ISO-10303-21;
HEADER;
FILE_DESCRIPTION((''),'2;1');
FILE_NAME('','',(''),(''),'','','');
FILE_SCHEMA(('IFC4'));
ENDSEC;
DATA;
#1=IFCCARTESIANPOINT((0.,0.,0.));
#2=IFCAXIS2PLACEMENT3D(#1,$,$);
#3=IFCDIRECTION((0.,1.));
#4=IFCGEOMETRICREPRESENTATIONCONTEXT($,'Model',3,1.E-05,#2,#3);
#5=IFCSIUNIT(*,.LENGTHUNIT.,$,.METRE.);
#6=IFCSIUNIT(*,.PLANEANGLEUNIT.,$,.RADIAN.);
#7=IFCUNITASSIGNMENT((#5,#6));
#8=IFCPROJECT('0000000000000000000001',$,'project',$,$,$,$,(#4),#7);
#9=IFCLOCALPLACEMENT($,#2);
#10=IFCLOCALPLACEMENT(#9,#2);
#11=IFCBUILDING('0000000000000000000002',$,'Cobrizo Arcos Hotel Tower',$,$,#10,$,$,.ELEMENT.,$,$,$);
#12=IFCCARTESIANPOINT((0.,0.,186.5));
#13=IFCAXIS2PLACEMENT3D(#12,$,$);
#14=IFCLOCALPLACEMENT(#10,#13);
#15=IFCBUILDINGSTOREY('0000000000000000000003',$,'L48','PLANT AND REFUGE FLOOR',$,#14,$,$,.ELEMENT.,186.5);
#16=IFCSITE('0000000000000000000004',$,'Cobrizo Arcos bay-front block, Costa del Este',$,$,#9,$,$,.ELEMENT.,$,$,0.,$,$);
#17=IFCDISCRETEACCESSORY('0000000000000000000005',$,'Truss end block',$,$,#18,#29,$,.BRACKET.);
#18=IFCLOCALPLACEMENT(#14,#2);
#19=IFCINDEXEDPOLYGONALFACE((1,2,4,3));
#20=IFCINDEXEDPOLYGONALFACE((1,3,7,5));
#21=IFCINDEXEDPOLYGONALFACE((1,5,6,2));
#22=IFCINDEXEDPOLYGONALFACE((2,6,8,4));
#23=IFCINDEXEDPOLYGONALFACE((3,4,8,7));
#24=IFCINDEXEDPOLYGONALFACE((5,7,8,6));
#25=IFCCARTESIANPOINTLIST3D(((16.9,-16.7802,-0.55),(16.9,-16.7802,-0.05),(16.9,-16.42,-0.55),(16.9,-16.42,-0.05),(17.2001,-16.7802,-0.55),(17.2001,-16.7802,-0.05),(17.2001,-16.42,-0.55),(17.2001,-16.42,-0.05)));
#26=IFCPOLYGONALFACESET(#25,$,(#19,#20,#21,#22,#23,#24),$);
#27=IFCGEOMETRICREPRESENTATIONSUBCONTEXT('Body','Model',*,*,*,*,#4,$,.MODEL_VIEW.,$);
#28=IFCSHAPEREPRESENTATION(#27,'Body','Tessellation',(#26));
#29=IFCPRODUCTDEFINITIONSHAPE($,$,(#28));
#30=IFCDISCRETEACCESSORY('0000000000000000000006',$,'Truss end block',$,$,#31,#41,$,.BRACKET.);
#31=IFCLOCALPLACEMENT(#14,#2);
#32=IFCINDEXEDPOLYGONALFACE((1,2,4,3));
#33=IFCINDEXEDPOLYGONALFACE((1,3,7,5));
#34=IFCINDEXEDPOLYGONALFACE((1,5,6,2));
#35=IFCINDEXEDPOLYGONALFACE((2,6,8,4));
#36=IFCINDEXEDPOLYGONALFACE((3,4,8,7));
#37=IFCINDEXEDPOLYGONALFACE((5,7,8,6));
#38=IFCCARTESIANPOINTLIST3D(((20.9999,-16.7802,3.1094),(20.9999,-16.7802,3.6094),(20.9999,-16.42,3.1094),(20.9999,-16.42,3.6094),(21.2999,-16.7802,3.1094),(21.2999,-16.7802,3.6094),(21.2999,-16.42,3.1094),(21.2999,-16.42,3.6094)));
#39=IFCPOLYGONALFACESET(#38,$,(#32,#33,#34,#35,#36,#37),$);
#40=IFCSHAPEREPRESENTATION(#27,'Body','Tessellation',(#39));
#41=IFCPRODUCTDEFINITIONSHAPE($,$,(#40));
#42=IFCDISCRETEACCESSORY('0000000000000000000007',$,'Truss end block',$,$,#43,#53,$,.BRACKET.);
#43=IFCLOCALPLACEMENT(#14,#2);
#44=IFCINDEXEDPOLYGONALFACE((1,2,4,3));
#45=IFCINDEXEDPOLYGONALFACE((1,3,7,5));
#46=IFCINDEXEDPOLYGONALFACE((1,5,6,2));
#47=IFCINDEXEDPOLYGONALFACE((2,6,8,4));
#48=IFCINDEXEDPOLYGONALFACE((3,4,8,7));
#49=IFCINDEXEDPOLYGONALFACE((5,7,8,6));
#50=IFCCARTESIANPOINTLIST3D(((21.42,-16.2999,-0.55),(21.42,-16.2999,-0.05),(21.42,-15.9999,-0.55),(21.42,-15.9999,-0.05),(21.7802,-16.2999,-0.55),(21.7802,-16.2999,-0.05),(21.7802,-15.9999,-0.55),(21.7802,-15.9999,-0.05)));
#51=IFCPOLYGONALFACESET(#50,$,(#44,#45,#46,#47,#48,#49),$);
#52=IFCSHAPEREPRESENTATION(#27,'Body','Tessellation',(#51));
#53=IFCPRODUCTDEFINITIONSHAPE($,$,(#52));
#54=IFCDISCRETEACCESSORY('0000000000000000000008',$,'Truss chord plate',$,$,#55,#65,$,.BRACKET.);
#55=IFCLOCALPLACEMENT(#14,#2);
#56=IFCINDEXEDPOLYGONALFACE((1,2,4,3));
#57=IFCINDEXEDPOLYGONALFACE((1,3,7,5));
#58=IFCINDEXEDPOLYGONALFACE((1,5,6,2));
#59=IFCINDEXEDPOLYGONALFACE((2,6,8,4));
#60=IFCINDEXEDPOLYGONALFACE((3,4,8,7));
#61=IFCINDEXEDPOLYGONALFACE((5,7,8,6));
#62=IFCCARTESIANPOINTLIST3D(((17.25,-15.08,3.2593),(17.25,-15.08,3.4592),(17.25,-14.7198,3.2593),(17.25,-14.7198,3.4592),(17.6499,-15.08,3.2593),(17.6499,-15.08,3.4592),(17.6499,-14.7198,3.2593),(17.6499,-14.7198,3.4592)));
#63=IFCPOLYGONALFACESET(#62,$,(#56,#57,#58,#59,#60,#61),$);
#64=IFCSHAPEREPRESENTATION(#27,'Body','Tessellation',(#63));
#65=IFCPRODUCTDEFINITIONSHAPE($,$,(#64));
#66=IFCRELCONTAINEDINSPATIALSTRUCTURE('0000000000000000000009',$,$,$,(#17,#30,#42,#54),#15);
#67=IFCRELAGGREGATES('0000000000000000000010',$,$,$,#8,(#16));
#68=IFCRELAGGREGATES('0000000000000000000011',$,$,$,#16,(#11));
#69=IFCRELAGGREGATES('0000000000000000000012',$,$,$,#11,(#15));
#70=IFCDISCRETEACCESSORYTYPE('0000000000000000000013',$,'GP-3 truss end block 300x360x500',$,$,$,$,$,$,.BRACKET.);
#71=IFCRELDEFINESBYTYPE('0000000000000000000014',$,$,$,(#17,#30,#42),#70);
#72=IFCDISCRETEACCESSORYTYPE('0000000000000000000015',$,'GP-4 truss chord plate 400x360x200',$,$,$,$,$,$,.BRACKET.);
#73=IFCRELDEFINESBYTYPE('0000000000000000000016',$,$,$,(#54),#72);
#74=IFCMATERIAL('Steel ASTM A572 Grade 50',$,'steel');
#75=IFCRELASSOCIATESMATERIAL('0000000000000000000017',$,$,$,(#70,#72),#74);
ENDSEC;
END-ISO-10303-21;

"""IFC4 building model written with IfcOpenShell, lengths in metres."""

from ifc_helpers import new_model, si_unit, direction, frame, origin, origin_2d, place, context, subcontext, project, spatial, rectangle, extrude, material, type_object, element, save


model = new_model("IFC4")

# Units and contexts
model_context = context("Model", 3, precision=1e-05, world=origin(), true_north=direction((0.0, 1.0)))
body_context = subcontext(model_context, "Body", "Model", "MODEL_VIEW")
ifc_project = project(units=[si_unit("LENGTHUNIT", "METRE"), si_unit("PLANEANGLEUNIT", "RADIAN")], contexts=[model_context])

# Site, building, storey
site_placement = place(None, origin())
site = spatial("IfcSite", under=ifc_project, at=site_placement, Name="Cobrizo Arcos bay-front block, Costa del Este", CompositionType="ELEMENT", RefElevation=0.0)
building_placement = place(site_placement, origin())
building = spatial("IfcBuilding", under=site, at=building_placement, Name="Cobrizo Arcos Hotel Tower", CompositionType="ELEMENT")
storey_placement = place(building_placement, frame((0.0, 0.0, 186.5)))
storey = spatial("IfcBuildingStorey", under=building, at=storey_placement, Name="L48", Description="PLANT AND REFUGE FLOOR", CompositionType="ELEMENT", Elevation=186.5)

# Shared definitions
ifc_material_1 = material(Name="Steel ASTM A572 Grade 50", Category="steel")

# Discrete accessories
discrete_accessory_type_1 = type_object("IfcDiscreteAccessoryType", Name="GP-3 truss end block 300x360x500", PredefinedType="BRACKET", material=ifc_material_1)
for number, where, z_axis, x_axis, name in (
    (1, (17.05, -16.6001, -0.55), (0.0, 0.0, 1.0), (1.0, 0.0, 0.0), "Truss end block"),
    (2, (21.1499, -16.6001, 3.1094), (0.0, 0.0, 1.0), (-1.0, 0.0, 0.0), "Truss end block"),
    (3, (21.6001, -16.1499, -0.55), (0.0, 0.0, 1.0), (0.0, 1.0, 0.0), "Truss end block"),
):
    element("IfcDiscreteAccessory", number, at=place(storey_placement, frame(where, z_axis=z_axis, x_axis=x_axis)), inside=storey, type_object=discrete_accessory_type_1, Name=name, PredefinedType="BRACKET", context=body_context, shape_type="SweptSolid", body=[
        extrude(rectangle(XDim=0.3, YDim=0.3601, at=origin_2d()), origin(), (0.0, 0.0, 1.0), 0.5),
    ])
discrete_accessory_type_2 = type_object("IfcDiscreteAccessoryType", Name="GP-4 truss chord plate 400x360x200", PredefinedType="BRACKET", material=ifc_material_1)
discrete_accessory_placement = place(storey_placement, frame((17.45, -14.8999, 3.2593), z_axis=(0.0, 0.0, 1.0), x_axis=(1.0, 0.0, 0.0)))
element("IfcDiscreteAccessory", 4, at=discrete_accessory_placement, inside=storey, type_object=discrete_accessory_type_2, Name="Truss chord plate", PredefinedType="BRACKET", context=body_context, shape_type="SweptSolid", body=[
    extrude(rectangle(XDim=0.3999, YDim=0.3601, at=origin_2d()), origin(), (0.0, 0.0, 1.0), 0.2),
])

save(model, "model.ifc")
